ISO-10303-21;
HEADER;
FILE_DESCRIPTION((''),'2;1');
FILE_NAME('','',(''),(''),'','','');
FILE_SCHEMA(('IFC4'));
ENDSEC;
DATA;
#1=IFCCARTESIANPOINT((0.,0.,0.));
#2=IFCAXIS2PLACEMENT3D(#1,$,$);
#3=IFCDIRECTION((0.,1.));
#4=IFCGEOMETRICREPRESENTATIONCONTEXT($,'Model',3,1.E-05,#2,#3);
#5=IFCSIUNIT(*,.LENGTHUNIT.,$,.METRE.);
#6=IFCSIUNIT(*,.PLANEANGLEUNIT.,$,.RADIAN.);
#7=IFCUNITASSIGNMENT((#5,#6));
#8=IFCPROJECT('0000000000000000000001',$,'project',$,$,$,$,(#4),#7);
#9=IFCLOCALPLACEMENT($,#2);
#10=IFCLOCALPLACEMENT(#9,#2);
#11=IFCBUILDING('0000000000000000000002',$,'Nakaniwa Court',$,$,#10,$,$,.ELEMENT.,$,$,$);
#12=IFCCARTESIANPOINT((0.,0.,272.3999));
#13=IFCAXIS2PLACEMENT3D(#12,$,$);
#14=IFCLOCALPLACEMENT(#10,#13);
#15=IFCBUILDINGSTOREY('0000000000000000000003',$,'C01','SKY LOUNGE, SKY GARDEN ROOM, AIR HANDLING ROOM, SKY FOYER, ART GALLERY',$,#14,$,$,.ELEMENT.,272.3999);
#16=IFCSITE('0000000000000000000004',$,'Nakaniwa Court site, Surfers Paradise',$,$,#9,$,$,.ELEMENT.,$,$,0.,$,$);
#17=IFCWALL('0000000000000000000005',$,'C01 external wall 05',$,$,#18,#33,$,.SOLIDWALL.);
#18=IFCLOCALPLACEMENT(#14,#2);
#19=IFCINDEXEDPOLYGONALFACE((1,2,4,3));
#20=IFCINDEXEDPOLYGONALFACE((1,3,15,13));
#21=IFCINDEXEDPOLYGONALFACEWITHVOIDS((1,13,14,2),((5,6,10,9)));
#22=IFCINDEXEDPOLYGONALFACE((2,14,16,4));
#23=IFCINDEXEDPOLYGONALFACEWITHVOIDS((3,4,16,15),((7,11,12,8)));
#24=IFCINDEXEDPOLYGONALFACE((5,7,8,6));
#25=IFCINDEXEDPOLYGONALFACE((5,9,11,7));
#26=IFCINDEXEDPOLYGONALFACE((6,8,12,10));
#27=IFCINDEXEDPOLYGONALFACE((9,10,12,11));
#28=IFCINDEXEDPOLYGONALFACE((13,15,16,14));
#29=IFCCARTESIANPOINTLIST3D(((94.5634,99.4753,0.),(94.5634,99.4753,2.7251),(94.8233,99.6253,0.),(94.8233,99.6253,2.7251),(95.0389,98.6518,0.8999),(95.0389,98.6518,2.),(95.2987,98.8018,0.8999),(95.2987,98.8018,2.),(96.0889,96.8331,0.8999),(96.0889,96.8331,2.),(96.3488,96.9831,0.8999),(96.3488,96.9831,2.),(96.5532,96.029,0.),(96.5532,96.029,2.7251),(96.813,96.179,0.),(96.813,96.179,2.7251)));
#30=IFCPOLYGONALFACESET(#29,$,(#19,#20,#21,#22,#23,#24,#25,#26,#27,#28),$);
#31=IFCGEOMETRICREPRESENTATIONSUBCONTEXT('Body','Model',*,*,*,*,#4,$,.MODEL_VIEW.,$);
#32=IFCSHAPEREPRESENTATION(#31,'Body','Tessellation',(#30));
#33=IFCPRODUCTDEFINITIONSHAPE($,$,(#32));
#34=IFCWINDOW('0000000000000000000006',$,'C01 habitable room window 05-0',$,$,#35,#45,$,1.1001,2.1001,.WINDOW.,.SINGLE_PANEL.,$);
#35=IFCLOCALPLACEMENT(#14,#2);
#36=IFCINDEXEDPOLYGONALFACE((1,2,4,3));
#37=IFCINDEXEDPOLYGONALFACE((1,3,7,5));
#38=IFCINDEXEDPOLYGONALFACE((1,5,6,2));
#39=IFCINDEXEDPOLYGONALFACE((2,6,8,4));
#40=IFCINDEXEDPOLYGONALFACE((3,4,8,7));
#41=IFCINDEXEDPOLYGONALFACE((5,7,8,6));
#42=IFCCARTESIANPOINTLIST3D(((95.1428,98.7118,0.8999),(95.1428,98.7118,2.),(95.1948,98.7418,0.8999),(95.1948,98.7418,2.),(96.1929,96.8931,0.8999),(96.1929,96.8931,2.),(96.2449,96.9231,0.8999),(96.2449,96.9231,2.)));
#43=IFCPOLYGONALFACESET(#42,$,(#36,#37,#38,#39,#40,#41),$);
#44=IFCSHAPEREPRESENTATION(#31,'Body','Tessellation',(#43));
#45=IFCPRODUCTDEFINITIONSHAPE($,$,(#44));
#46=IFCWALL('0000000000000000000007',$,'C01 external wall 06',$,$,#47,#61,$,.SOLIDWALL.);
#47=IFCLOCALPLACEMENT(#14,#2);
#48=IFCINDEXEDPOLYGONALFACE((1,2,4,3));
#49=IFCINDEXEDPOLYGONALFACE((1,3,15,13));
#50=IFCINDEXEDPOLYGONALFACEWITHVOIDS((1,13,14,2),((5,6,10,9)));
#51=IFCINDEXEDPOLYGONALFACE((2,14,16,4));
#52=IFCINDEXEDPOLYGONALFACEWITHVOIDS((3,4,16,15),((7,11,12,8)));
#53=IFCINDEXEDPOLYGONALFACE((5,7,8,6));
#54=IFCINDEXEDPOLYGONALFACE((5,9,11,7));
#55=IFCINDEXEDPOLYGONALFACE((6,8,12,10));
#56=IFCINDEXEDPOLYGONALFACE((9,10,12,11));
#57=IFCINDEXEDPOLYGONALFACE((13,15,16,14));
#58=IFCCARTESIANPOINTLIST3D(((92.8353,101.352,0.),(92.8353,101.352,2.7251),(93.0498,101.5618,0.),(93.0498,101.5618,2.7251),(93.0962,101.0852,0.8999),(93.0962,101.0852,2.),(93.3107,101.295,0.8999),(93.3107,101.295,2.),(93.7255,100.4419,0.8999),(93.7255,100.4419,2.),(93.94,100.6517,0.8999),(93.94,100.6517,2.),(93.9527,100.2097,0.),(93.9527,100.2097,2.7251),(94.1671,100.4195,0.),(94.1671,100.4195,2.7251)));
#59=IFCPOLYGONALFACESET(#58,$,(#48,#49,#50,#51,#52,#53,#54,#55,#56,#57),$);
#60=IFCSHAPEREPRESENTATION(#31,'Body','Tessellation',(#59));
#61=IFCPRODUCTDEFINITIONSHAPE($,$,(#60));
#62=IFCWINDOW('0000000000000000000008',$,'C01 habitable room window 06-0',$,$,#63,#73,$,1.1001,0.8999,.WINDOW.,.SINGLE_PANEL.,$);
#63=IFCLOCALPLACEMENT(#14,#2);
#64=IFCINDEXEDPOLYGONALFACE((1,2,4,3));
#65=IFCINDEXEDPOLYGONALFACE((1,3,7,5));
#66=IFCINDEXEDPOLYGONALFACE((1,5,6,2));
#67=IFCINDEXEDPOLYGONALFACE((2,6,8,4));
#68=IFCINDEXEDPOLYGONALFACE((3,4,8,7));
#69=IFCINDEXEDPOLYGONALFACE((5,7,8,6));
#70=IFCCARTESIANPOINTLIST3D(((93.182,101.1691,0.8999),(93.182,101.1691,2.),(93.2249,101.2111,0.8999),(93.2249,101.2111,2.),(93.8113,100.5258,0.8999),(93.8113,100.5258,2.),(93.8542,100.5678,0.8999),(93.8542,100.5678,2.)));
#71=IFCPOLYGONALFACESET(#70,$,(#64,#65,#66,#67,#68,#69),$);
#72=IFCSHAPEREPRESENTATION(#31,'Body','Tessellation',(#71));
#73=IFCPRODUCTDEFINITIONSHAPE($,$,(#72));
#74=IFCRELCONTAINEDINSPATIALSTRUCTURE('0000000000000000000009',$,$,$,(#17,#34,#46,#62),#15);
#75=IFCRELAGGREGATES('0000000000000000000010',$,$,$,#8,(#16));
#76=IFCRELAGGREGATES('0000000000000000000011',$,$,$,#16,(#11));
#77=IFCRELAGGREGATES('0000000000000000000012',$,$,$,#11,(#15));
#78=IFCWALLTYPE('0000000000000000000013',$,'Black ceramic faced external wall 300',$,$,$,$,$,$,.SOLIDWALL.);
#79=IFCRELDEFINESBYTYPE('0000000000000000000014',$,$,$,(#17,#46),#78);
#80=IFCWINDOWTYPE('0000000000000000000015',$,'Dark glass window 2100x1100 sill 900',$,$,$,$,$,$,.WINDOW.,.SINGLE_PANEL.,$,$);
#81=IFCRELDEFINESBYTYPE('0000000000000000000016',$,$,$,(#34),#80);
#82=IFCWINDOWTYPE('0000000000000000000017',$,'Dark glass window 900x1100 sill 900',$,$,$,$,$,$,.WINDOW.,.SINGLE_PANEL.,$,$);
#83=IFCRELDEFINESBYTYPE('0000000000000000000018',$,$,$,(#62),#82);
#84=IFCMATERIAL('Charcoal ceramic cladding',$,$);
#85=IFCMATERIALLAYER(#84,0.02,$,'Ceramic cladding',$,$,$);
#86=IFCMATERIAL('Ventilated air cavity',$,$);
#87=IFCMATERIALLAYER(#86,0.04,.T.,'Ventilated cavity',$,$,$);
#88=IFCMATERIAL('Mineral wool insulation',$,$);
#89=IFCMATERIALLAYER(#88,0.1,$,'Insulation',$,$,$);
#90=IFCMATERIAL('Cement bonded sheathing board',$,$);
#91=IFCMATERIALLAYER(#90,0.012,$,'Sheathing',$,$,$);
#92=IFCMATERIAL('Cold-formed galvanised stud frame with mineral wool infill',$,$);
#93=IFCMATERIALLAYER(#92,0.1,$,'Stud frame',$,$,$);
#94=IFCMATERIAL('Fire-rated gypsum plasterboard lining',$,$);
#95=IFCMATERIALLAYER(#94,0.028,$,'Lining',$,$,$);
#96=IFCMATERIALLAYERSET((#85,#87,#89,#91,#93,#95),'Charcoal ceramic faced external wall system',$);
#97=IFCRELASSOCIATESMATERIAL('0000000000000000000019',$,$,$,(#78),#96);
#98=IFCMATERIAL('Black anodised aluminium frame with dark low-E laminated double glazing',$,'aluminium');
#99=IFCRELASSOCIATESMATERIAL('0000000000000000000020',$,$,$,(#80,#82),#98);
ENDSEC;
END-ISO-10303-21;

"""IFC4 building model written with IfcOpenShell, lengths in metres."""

from ifc_helpers import new_model, si_unit, direction, frame, frame_2d, origin, place, context, subcontext, project, spatial, rectangle, extrude, material, layer, layer_set, type_object, element, fill, save


model = new_model("IFC4")

# Units and contexts
model_context = context("Model", 3, precision=1e-05, world=origin(), true_north=direction((0.0, 1.0)))
body_context = subcontext(model_context, "Body", "Model", "MODEL_VIEW")
ifc_project = project(units=[si_unit("LENGTHUNIT", "METRE"), si_unit("PLANEANGLEUNIT", "RADIAN")], contexts=[model_context])

# Site, building, storey
site_placement = place(None, origin())
site = spatial("IfcSite", under=ifc_project, at=site_placement, Name="Nakaniwa Court site, Surfers Paradise", CompositionType="ELEMENT", RefElevation=0.0)
building_placement = place(site_placement, origin())
building = spatial("IfcBuilding", under=site, at=building_placement, Name="Nakaniwa Court", CompositionType="ELEMENT")
storey_placement = place(building_placement, frame((0.0, 0.0, 272.3999)))
storey = spatial("IfcBuildingStorey", under=building, at=storey_placement, Name="C01", Description="SKY LOUNGE, SKY GARDEN ROOM, AIR HANDLING ROOM, SKY FOYER, ART GALLERY", CompositionType="ELEMENT", Elevation=272.3999)

# Shared definitions
ifc_material_1 = material(Name="Black anodised aluminium frame with dark low-E laminated double glazing", Category="aluminium")

# Walls, openings, windows
ifc_material_2 = material(Name="Charcoal ceramic cladding")
ifc_layer_1 = layer(ifc_material_2, 0.02, Name="Ceramic cladding")
ifc_material_3 = material(Name="Ventilated air cavity")
ifc_layer_2 = layer(ifc_material_3, 0.04, ventilated=True, Name="Ventilated cavity")
ifc_material_4 = material(Name="Mineral wool insulation")
ifc_layer_3 = layer(ifc_material_4, 0.1, Name="Insulation")
ifc_material_5 = material(Name="Cement bonded sheathing board")
ifc_layer_4 = layer(ifc_material_5, 0.012, Name="Sheathing")
ifc_material_6 = material(Name="Cold-formed galvanised stud frame with mineral wool infill")
ifc_layer_5 = layer(ifc_material_6, 0.1, Name="Stud frame")
ifc_material_7 = material(Name="Fire-rated gypsum plasterboard lining")
ifc_layer_6 = layer(ifc_material_7, 0.028, Name="Lining")
ifc_layer_set_1 = layer_set([ifc_layer_1, ifc_layer_2, ifc_layer_3, ifc_layer_4, ifc_layer_5, ifc_layer_6], Name="Charcoal ceramic faced external wall system")
wall_type = type_object("IfcWallType", Name="Black ceramic faced external wall 300", PredefinedType="SOLIDWALL", material=ifc_layer_set_1)
wall_1_placement = place(storey_placement, frame((96.6831, 96.104, 0.0), z_axis=(0.0, 0.0, 1.0), x_axis=(-0.500006, 0.866022, 0.0)))
wall_1 = element("IfcWall", 1, at=wall_1_placement, inside=storey, type_object=wall_type, Name="C01 external wall 05", PredefinedType="SOLIDWALL", context=body_context, shape_type="SweptSolid", body=[
    extrude(rectangle(XDim=3.9795, YDim=0.3, at=frame_2d((1.9897, 0.0))), origin(), (0.0, 0.0, 1.0), 2.7251),
])
opening_1_placement = place(wall_1_placement, frame((0.9285, 0.0, 0.8999)))
opening_1 = element("IfcOpeningElement", 2, at=opening_1_placement, cuts=wall_1, PredefinedType="OPENING", context=body_context, shape_type="SweptSolid", body=[
    extrude(rectangle(XDim=2.1001, YDim=1.1001, at=frame_2d((1.05, 0.55))), frame((0.0, 0.1599, 0.0), z_axis=(0.0, -1.0, 0.0), x_axis=(1.0, 0.0, 0.0)), (0.0, 0.0, 1.0), 0.3201),
])
window_type_1 = type_object("IfcWindowType", Name="Dark glass window 2100x1100 sill 900", PartitioningType="SINGLE_PANEL", PredefinedType="WINDOW", material=ifc_material_1)
window_1_placement = place(opening_1_placement, origin())
window_1 = element("IfcWindow", 3, at=window_1_placement, inside=storey, type_object=window_type_1, Name="C01 habitable room window 05-0", OverallHeight=1.1001, OverallWidth=2.1001, PartitioningType="SINGLE_PANEL", PredefinedType="WINDOW", context=body_context, shape_type="SweptSolid", body=[
    extrude(rectangle(XDim=2.1001, YDim=1.1001, at=frame_2d((1.05, 0.55))), frame((0.0, 0.03, 0.0), z_axis=(0.0, -1.0, 0.0), x_axis=(1.0, 0.0, 0.0)), (0.0, 0.0, 1.0), 0.0601),
])
fill(opening_1, window_1)
wall_2_placement = place(storey_placement, frame((94.0598, 100.3147, 0.0), z_axis=(0.0, 0.0, 1.0), x_axis=(-0.699272, 0.714856, 0.0)))
wall_2 = element("IfcWall", 4, at=wall_2_placement, inside=storey, type_object=wall_type, Name="C01 external wall 06", PredefinedType="SOLIDWALL", context=body_context, shape_type="SweptSolid", body=[
    extrude(rectangle(XDim=1.5979, YDim=0.3, at=frame_2d((0.7988, 0.0))), origin(), (0.0, 0.0, 1.0), 2.7251),
])
opening_2_placement = place(wall_2_placement, frame((0.3247, 0.0, 0.8999)))
opening_2 = element("IfcOpeningElement", 5, at=opening_2_placement, cuts=wall_2, PredefinedType="OPENING", context=body_context, shape_type="SweptSolid", body=[
    extrude(rectangle(XDim=0.8999, YDim=1.1001, at=frame_2d((0.45, 0.55))), frame((0.0, 0.1599, 0.0), z_axis=(0.0, -1.0, 0.0), x_axis=(1.0, 0.0, 0.0)), (0.0, 0.0, 1.0), 0.3201),
])
window_type_2 = type_object("IfcWindowType", Name="Dark glass window 900x1100 sill 900", PartitioningType="SINGLE_PANEL", PredefinedType="WINDOW", material=ifc_material_1)
window_2_placement = place(opening_2_placement, origin())
window_2 = element("IfcWindow", 6, at=window_2_placement, inside=storey, type_object=window_type_2, Name="C01 habitable room window 06-0", OverallHeight=1.1001, OverallWidth=0.8999, PartitioningType="SINGLE_PANEL", PredefinedType="WINDOW", context=body_context, shape_type="SweptSolid", body=[
    extrude(rectangle(XDim=0.8999, YDim=1.1001, at=frame_2d((0.45, 0.55))), frame((0.0, 0.03, 0.0), z_axis=(0.0, -1.0, 0.0), x_axis=(1.0, 0.0, 0.0)), (0.0, 0.0, 1.0), 0.0601),
])
fill(opening_2, window_2)

save(model, "model.ifc")
